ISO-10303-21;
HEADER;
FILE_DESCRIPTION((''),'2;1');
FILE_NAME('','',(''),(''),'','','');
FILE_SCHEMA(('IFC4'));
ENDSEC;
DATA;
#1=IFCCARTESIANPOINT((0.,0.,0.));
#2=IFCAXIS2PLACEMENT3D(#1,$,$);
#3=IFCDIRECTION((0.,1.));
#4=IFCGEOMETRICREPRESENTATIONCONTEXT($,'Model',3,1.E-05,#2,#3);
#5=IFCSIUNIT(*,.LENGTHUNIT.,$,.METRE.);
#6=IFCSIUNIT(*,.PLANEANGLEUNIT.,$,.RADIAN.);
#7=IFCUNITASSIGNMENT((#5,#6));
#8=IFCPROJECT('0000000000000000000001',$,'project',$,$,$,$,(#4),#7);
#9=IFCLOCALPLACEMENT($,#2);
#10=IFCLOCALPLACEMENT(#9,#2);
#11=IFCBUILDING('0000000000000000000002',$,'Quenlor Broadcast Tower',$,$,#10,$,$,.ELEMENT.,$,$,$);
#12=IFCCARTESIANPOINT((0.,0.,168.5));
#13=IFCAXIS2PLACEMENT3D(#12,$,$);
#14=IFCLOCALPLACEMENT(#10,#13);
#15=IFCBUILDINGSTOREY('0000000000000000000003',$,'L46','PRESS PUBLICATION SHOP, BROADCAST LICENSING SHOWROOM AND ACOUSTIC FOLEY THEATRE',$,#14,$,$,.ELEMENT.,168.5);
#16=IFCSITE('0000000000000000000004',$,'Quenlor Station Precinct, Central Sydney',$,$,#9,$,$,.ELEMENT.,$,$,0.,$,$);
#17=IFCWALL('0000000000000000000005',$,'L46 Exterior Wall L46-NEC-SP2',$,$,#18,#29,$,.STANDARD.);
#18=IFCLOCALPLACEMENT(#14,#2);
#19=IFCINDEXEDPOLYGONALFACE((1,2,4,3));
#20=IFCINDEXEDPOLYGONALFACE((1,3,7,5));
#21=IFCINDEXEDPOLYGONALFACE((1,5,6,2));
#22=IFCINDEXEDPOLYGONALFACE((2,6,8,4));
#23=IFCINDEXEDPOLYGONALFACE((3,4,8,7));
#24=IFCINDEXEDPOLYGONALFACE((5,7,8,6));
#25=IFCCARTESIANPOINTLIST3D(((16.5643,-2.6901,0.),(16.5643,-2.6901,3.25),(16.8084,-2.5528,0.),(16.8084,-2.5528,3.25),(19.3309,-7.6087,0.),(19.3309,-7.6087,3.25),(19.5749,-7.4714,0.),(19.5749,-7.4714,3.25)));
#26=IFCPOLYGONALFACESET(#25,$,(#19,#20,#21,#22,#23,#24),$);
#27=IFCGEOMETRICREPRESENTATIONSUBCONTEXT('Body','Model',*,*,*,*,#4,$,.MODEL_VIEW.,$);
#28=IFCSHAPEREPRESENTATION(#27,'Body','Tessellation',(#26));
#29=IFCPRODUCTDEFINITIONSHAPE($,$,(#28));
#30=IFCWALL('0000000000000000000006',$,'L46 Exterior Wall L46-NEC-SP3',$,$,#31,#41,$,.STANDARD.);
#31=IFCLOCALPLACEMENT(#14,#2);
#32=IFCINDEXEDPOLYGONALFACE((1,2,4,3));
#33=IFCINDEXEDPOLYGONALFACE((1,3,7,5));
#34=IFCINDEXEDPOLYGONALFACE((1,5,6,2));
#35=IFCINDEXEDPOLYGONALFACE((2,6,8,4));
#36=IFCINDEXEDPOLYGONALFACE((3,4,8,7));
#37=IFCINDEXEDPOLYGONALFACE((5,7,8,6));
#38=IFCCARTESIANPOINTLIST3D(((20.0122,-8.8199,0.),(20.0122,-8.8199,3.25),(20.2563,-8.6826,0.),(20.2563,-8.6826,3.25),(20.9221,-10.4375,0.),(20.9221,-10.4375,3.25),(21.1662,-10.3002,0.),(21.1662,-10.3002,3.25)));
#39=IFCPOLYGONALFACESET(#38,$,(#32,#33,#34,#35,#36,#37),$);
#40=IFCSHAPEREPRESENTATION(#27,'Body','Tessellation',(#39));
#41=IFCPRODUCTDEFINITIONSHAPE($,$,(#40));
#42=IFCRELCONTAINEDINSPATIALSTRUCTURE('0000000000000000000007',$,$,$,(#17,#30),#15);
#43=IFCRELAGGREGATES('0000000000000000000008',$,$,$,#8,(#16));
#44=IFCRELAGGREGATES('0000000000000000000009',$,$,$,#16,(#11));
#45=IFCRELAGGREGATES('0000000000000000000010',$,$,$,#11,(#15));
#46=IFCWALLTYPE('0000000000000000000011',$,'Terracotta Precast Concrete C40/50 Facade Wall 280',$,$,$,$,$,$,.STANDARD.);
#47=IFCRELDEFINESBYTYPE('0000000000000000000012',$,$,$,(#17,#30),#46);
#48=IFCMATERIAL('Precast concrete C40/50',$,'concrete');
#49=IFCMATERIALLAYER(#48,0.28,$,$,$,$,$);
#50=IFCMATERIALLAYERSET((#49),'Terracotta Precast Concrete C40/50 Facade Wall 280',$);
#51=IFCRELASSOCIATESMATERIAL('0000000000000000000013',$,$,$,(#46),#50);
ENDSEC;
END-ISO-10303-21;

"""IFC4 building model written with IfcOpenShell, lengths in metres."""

from ifc_helpers import new_model, si_unit, direction, frame, frame_2d, origin, place, context, subcontext, project, spatial, rectangle, extrude, material, layer, layer_set, type_object, element, save


model = new_model("IFC4")

# Units and contexts
model_context = context("Model", 3, precision=1e-05, world=origin(), true_north=direction((0.0, 1.0)))
body_context = subcontext(model_context, "Body", "Model", "MODEL_VIEW")
ifc_project = project(units=[si_unit("LENGTHUNIT", "METRE"), si_unit("PLANEANGLEUNIT", "RADIAN")], contexts=[model_context])

# Site, building, storey
site_placement = place(None, origin())
site = spatial("IfcSite", under=ifc_project, at=site_placement, Name="Quenlor Station Precinct, Central Sydney", CompositionType="ELEMENT", RefElevation=0.0)
building_placement = place(site_placement, origin())
building = spatial("IfcBuilding", under=site, at=building_placement, Name="Quenlor Broadcast Tower", CompositionType="ELEMENT")
storey_placement = place(building_placement, frame((0.0, 0.0, 168.5)))
storey = spatial("IfcBuildingStorey", under=building, at=storey_placement, Name="L46", Description="PRESS PUBLICATION SHOP, BROADCAST LICENSING SHOWROOM AND ACOUSTIC FOLEY THEATRE", CompositionType="ELEMENT", Elevation=168.5)

# Walls
ifc_material_1 = material(Name="Precast concrete C40/50", Category="concrete")
ifc_layer_1 = layer(ifc_material_1, 0.28)
ifc_layer_set_1 = layer_set([ifc_layer_1], Name="Terracotta Precast Concrete C40/50 Facade Wall 280")
wall_type_1 = type_object("IfcWallType", Name="Terracotta Precast Concrete C40/50 Facade Wall 280", PredefinedType="STANDARD", material=ifc_layer_set_1)
wall_1_placement = place(storey_placement, frame((16.6863, -2.6213, 0.0), z_axis=(0.0, 0.0, 1.0), x_axis=(0.490239, -0.871588, 0.0)))
element("IfcWall", 1, at=wall_1_placement, inside=storey, type_object=wall_type_1, Name="L46 Exterior Wall L46-NEC-SP2", PredefinedType="STANDARD", context=body_context, shape_type="SweptSolid", body=[
    extrude(rectangle(XDim=5.6433, YDim=0.28, at=frame_2d((2.8218, 0.0))), origin(), (0.0, 0.0, 1.0), 3.25),
])
wall_2_placement = place(storey_placement, frame((20.1343, -8.7512, 0.0), z_axis=(0.0, 0.0, 1.0), x_axis=(0.490249, -0.871583, 0.0)))
element("IfcWall", 2, at=wall_2_placement, inside=storey, type_object=wall_type_1, Name="L46 Exterior Wall L46-NEC-SP3", PredefinedType="STANDARD", context=body_context, shape_type="SweptSolid", body=[
    extrude(rectangle(XDim=1.856, YDim=0.28, at=frame_2d((0.928, 0.0))), origin(), (0.0, 0.0, 1.0), 3.25),
])

save(model, "model.ifc")
